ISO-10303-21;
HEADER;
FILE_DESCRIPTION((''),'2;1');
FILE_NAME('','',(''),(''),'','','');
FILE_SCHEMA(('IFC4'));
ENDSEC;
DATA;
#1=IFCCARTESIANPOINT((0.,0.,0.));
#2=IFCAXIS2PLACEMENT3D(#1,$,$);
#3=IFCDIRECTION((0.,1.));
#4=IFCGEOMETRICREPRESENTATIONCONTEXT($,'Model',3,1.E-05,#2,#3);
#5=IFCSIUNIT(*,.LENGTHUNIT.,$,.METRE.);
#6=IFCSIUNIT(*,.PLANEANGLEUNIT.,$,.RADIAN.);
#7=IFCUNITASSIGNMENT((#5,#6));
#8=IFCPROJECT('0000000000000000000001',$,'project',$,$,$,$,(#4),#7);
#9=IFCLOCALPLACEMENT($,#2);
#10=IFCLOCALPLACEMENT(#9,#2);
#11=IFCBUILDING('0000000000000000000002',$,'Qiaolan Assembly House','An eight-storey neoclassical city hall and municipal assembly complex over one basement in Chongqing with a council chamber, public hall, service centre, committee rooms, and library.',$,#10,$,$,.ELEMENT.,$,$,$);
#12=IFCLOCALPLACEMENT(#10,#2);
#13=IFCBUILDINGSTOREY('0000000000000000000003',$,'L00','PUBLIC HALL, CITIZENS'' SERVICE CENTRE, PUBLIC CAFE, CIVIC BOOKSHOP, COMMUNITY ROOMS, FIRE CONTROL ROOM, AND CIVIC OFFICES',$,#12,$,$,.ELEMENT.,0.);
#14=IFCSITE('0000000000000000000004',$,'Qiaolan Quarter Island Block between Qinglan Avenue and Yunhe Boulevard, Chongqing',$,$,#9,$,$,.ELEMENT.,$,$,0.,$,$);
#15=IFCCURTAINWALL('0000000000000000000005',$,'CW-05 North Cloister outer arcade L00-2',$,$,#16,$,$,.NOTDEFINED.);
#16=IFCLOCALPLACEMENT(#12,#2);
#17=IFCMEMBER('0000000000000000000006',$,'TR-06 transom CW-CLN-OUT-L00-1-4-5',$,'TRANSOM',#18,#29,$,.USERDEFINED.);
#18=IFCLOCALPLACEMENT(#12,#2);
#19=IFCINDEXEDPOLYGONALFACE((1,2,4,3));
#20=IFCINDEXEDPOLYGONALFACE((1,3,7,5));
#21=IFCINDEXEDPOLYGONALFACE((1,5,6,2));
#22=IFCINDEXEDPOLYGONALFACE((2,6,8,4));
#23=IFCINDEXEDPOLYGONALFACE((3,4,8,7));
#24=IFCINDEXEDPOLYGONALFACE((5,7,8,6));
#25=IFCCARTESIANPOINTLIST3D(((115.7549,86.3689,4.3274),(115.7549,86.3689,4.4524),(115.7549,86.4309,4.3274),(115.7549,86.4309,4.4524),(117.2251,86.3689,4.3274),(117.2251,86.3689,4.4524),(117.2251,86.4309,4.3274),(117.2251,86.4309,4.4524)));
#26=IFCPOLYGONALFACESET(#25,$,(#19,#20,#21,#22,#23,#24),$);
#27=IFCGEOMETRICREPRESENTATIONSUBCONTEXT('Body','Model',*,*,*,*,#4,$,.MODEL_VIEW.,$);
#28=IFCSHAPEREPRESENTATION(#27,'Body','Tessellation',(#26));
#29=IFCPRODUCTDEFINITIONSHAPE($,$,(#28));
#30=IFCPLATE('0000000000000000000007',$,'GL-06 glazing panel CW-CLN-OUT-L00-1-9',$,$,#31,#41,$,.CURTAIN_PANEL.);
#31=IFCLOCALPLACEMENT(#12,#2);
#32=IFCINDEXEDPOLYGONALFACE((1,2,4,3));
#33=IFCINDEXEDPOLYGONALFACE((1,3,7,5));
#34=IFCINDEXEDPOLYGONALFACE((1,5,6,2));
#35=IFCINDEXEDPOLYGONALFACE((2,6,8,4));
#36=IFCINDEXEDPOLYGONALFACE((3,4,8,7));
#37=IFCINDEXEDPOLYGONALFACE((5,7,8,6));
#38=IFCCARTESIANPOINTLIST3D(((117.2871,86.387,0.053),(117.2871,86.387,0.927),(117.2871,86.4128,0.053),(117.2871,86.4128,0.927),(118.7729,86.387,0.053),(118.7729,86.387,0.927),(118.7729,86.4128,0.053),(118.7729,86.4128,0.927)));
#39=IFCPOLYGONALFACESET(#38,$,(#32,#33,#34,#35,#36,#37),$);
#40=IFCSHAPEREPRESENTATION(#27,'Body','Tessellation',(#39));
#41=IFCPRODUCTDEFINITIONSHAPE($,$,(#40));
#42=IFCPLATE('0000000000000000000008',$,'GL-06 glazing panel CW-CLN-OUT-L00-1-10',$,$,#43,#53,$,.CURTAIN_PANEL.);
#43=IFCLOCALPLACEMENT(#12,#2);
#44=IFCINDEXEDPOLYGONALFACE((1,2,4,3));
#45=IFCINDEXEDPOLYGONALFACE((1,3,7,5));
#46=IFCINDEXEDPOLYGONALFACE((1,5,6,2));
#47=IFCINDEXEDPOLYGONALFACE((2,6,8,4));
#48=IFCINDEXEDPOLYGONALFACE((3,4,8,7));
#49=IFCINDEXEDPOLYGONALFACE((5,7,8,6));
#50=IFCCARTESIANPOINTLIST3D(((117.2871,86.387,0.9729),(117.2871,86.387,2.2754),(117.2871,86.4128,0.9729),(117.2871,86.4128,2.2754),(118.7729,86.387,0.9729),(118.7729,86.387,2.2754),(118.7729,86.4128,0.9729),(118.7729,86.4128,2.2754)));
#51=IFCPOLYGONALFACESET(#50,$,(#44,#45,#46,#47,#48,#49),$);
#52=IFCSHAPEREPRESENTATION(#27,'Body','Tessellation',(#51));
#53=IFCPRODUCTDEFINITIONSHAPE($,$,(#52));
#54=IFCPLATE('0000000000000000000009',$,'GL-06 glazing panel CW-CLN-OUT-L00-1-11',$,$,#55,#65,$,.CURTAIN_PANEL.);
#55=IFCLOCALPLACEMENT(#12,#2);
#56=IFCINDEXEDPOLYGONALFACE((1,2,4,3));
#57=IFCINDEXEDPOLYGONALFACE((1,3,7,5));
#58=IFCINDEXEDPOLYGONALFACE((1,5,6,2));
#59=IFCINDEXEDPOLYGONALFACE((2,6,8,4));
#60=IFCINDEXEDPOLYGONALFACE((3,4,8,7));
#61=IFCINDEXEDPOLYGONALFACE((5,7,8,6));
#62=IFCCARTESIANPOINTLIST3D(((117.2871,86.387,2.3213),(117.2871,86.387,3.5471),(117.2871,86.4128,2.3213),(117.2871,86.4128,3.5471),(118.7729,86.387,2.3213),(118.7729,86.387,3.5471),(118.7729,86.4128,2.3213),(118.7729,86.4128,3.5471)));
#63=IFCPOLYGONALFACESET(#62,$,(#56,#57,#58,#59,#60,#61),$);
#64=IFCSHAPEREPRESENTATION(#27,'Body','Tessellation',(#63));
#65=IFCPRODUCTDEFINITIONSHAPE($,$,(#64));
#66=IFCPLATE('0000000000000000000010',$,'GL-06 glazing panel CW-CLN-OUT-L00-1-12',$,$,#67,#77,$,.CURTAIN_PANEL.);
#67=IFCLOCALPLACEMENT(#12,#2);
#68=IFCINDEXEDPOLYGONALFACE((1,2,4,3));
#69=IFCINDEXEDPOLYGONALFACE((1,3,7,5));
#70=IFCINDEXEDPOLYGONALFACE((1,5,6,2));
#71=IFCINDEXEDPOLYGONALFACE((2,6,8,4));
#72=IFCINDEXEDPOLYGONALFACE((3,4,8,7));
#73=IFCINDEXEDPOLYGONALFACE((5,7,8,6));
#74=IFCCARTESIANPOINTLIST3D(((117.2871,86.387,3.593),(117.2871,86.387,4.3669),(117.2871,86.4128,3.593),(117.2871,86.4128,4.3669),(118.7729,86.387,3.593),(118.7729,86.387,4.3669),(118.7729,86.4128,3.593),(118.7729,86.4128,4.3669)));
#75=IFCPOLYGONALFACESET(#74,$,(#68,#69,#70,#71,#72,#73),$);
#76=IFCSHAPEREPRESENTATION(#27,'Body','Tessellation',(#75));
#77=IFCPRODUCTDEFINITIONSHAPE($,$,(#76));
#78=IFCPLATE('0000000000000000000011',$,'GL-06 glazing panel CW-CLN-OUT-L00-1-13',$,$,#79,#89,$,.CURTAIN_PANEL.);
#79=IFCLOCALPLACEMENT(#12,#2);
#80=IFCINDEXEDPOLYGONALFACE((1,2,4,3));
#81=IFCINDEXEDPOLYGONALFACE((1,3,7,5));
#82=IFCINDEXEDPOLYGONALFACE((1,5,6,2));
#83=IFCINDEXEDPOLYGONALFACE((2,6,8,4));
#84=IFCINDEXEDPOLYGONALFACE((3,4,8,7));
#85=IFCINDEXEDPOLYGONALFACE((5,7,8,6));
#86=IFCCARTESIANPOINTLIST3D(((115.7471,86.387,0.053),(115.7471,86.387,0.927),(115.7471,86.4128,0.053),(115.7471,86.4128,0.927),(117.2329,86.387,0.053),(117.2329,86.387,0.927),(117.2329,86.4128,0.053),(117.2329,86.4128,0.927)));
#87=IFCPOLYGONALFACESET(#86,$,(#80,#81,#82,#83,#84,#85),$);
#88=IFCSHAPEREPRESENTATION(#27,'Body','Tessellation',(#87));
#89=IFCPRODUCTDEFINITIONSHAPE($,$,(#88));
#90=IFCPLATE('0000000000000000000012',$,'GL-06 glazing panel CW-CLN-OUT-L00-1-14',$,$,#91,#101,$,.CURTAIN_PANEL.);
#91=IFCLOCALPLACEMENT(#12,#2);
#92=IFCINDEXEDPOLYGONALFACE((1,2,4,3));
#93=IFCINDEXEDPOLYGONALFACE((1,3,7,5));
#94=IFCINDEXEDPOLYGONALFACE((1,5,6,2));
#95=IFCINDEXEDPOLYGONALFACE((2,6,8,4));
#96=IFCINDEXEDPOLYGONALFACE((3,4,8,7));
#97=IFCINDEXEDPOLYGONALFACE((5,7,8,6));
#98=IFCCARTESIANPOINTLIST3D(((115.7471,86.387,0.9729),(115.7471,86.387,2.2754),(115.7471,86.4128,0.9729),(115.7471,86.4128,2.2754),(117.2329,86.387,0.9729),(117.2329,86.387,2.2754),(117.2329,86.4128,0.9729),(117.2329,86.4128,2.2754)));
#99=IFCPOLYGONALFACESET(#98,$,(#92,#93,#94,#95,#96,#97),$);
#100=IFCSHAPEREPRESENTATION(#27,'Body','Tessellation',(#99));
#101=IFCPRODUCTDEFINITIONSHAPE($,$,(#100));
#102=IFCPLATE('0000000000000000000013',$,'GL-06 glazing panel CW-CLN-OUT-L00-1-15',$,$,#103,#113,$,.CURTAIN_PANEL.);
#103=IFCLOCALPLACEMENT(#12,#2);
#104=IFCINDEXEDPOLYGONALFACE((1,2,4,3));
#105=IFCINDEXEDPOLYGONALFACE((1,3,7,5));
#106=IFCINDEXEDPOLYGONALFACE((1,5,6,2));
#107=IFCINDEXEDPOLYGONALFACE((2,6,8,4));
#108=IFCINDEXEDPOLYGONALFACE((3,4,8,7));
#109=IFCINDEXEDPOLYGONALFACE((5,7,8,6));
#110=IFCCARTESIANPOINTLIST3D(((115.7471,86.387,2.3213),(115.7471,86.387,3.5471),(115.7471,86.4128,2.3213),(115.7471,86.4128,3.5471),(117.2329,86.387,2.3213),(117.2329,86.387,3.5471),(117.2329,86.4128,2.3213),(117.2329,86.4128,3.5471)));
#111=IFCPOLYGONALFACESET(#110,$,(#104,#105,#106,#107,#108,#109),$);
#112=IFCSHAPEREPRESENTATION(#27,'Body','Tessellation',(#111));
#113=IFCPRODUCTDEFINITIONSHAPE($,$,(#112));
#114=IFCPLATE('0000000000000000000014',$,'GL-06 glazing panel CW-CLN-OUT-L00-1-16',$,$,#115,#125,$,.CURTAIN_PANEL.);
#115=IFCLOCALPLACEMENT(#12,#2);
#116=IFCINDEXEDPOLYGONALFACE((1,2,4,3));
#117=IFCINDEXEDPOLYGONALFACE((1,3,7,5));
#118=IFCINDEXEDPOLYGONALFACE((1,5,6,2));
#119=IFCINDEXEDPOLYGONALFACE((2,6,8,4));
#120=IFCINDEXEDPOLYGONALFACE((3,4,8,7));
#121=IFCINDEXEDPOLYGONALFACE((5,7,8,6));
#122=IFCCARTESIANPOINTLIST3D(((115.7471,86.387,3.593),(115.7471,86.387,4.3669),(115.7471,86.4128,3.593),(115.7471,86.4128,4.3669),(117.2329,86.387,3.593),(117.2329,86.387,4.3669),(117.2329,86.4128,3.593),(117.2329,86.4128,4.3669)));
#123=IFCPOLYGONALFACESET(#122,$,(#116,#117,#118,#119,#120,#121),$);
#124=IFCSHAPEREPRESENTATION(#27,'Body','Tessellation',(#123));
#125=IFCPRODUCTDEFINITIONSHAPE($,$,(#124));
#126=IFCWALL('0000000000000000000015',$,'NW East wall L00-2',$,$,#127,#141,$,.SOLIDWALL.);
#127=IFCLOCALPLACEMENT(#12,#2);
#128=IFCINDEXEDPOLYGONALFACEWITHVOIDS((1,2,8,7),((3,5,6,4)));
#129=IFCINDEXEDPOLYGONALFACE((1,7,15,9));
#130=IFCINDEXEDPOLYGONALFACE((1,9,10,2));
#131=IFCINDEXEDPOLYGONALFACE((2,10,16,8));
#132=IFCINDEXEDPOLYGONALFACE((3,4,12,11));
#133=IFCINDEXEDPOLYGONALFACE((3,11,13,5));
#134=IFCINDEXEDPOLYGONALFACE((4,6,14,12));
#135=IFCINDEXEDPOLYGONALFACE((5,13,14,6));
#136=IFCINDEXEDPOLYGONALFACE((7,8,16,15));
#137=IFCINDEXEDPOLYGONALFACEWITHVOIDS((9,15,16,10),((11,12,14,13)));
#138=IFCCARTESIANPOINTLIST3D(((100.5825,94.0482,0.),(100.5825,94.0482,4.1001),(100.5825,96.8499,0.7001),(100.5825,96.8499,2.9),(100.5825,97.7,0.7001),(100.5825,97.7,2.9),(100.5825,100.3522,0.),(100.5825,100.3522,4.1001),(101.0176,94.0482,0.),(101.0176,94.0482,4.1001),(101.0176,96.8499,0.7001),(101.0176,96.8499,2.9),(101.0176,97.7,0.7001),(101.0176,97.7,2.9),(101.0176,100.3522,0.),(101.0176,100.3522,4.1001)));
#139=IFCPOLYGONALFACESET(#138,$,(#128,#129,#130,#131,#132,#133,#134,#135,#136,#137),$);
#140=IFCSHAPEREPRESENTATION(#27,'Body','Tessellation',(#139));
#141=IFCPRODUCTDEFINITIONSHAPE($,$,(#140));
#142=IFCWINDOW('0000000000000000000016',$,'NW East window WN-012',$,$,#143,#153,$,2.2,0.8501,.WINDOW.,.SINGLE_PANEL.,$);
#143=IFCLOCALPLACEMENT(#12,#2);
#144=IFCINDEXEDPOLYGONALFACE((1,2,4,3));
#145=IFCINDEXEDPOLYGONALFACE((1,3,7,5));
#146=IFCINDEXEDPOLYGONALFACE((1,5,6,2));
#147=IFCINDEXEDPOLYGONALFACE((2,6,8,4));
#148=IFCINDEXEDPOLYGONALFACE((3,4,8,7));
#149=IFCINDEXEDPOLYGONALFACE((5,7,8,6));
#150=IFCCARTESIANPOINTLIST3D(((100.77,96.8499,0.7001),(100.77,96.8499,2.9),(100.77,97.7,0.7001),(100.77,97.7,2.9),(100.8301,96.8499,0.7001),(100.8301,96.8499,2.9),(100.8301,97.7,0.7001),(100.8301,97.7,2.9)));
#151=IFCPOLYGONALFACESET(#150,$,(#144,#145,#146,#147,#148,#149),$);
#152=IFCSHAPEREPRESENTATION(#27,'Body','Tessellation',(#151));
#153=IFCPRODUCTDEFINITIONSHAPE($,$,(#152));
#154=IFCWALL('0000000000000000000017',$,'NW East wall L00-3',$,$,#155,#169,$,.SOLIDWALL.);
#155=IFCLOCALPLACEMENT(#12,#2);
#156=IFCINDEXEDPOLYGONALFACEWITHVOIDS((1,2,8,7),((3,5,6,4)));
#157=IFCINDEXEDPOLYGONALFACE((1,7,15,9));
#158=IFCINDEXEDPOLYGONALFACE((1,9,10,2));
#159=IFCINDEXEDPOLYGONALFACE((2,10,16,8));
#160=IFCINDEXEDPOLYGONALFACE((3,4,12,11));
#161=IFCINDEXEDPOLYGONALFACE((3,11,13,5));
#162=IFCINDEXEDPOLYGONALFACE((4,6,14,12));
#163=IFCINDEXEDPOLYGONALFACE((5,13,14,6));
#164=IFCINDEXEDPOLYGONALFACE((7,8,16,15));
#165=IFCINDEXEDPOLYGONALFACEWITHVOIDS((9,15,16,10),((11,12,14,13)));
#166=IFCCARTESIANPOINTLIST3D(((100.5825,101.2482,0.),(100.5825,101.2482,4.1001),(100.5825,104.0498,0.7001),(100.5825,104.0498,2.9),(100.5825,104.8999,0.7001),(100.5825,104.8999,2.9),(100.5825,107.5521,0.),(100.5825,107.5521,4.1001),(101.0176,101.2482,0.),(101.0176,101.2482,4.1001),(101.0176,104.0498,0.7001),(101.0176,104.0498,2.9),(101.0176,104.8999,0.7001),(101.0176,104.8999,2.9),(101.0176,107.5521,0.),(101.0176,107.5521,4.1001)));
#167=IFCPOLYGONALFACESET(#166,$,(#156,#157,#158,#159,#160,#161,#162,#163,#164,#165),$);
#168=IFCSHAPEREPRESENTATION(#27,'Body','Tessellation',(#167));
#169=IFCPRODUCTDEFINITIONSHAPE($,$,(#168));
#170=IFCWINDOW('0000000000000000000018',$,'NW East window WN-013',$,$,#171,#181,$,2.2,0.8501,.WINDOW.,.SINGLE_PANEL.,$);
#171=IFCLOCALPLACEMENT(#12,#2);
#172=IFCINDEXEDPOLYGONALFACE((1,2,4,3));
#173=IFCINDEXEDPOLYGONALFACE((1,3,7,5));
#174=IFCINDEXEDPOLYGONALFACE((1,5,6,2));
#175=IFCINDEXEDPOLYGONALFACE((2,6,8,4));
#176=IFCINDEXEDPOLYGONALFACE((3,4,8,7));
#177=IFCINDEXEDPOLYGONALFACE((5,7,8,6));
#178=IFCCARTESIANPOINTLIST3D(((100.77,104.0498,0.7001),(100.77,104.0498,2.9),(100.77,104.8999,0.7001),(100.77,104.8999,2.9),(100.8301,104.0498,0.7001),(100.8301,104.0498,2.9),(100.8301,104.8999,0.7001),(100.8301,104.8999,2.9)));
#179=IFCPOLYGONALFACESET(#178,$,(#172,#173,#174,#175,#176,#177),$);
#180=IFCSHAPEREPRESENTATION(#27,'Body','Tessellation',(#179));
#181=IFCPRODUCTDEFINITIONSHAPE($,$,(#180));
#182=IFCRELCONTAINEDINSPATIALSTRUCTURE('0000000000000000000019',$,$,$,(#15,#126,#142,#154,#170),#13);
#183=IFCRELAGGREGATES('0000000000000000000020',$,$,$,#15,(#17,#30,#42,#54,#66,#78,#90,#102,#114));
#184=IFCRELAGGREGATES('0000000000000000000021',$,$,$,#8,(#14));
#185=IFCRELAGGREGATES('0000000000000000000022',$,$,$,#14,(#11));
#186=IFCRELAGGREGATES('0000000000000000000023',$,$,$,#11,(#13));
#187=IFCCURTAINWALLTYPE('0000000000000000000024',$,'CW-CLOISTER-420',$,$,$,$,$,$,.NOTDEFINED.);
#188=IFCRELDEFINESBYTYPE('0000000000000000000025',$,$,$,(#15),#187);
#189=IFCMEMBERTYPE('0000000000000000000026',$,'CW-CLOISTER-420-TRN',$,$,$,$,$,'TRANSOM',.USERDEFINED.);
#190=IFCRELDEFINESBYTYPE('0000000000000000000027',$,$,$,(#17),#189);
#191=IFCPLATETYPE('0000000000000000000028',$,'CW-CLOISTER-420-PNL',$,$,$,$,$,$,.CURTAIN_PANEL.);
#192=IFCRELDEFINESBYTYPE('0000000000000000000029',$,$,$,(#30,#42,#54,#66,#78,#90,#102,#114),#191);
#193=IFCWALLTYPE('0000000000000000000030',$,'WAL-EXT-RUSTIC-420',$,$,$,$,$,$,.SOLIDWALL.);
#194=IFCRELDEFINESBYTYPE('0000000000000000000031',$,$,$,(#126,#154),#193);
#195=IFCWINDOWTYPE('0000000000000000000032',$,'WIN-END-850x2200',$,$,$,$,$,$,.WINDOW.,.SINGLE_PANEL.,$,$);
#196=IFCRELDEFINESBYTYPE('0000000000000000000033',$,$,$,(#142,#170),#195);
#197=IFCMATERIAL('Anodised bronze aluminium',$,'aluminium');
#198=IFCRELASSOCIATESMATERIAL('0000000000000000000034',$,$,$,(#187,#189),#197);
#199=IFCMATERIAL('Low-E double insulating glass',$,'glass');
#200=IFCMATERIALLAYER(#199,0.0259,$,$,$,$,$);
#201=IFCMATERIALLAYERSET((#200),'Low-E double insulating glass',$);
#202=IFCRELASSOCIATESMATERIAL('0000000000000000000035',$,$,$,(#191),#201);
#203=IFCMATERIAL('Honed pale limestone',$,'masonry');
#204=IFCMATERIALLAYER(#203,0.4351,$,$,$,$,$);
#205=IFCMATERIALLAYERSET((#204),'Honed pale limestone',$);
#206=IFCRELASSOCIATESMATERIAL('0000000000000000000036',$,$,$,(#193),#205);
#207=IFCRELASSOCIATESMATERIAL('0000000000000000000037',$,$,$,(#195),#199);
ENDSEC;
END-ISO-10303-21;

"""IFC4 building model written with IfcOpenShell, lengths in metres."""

from ifc_helpers import new_model, si_unit, direction, frame, frame_2d, origin, origin_2d, place, context, subcontext, project, spatial, rectangle, extrude, material, layer, layer_set, material_profile, profile_set, type_object, element, fill, aggregate, save


model = new_model("IFC4")

# Units and contexts
model_context = context("Model", 3, precision=1e-05, world=origin(), true_north=direction((0.0, 1.0)))
body_context = subcontext(model_context, "Body", "Model", "MODEL_VIEW")
ifc_project = project(units=[si_unit("LENGTHUNIT", "METRE"), si_unit("PLANEANGLEUNIT", "RADIAN")], contexts=[model_context])

# Site, building, storey
site_placement = place(None, origin())
site = spatial("IfcSite", under=ifc_project, at=site_placement, Name="Qiaolan Quarter Island Block between Qinglan Avenue and Yunhe Boulevard, Chongqing", CompositionType="ELEMENT", RefElevation=0.0)
building_placement = place(site_placement, origin())
building = spatial("IfcBuilding", under=site, at=building_placement, Name="Qiaolan Assembly House", Description="An eight-storey neoclassical city hall and municipal assembly complex over one basement in Chongqing with a council chamber, public hall, service centre, committee rooms, and library.", CompositionType="ELEMENT")
storey_placement = place(building_placement, origin())
storey = spatial("IfcBuildingStorey", under=building, at=storey_placement, Name="L00", Description="PUBLIC HALL, CITIZENS' SERVICE CENTRE, PUBLIC CAFE, CIVIC BOOKSHOP, COMMUNITY ROOMS, FIRE CONTROL ROOM, AND CIVIC OFFICES", CompositionType="ELEMENT", Elevation=0.0)

# Curtain wall, member, plates
ifc_material_1 = material(Name="Anodised bronze aluminium", Category="aluminium")
curtain_wall_type = type_object("IfcCurtainWallType", Name="CW-CLOISTER-420", PredefinedType="NOTDEFINED", material=ifc_material_1)
curtain_wall_placement = place(storey_placement, origin())
curtain_wall = element("IfcCurtainWall", 1, at=curtain_wall_placement, inside=storey, type_object=curtain_wall_type, Name="CW-05 North Cloister outer arcade L00-2", PredefinedType="NOTDEFINED")
ifc_material_profile_1 = material_profile(ifc_material_1, rectangle(XDim=0.062, YDim=0.125, at=origin_2d()), Name="TRN 62x125")
ifc_profile_set_1 = profile_set([ifc_material_profile_1], Name="Anodised bronze aluminium")
member_type_1 = type_object("IfcMemberType", Name="CW-CLOISTER-420-TRN", ElementType="TRANSOM", PredefinedType="USERDEFINED", material=ifc_profile_set_1)
member_1_placement = place(storey_placement, frame((117.2251, 86.3999, 4.3899), z_axis=(-1.0, 0.0, 0.0), x_axis=(0.0, -1.0, 0.0)))
member_1 = element("IfcMember", 2, at=member_1_placement, type_object=member_type_1, Name="TR-06 transom CW-CLN-OUT-L00-1-4-5", ObjectType="TRANSOM", PredefinedType="USERDEFINED", context=body_context, shape_type="SweptSolid", body=[
    extrude(rectangle(XDim=0.062, YDim=0.125, at=origin_2d()), origin(), (0.0, 0.0, 1.0), 1.4702),
])
ifc_material_2 = material(Name="Low-E double insulating glass", Category="glass")
ifc_layer_1 = layer(ifc_material_2, 0.0259)
ifc_layer_set_1 = layer_set([ifc_layer_1], Name="Low-E double insulating glass")
plate_type = type_object("IfcPlateType", Name="CW-CLOISTER-420-PNL", PredefinedType="CURTAIN_PANEL", material=ifc_layer_set_1)
plate_1_placement = place(storey_placement, frame((118.7729, 86.3999, 0.053), z_axis=(0.0, 0.0, 1.0), x_axis=(-1.0, 0.0, 0.0)))
plate_1 = element("IfcPlate", 3, at=plate_1_placement, type_object=plate_type, Name="GL-06 glazing panel CW-CLN-OUT-L00-1-9", PredefinedType="CURTAIN_PANEL", context=body_context, shape_type="SweptSolid", body=[
    extrude(rectangle(XDim=1.4858, YDim=0.0259, at=frame_2d((0.7429, 0.0))), origin(), (0.0, 0.0, 1.0), 0.874),
])
plate_2_placement = place(storey_placement, frame((118.7729, 86.3999, 0.9729), z_axis=(0.0, 0.0, 1.0), x_axis=(-1.0, 0.0, 0.0)))
plate_2 = element("IfcPlate", 4, at=plate_2_placement, type_object=plate_type, Name="GL-06 glazing panel CW-CLN-OUT-L00-1-10", PredefinedType="CURTAIN_PANEL", context=body_context, shape_type="SweptSolid", body=[
    extrude(rectangle(XDim=1.4858, YDim=0.0259, at=frame_2d((0.7429, 0.0))), origin(), (0.0, 0.0, 1.0), 1.3025),
])
plate_3_placement = place(storey_placement, frame((118.7729, 86.3999, 2.3213), z_axis=(0.0, 0.0, 1.0), x_axis=(-1.0, 0.0, 0.0)))
plate_3 = element("IfcPlate", 5, at=plate_3_placement, type_object=plate_type, Name="GL-06 glazing panel CW-CLN-OUT-L00-1-11", PredefinedType="CURTAIN_PANEL", context=body_context, shape_type="SweptSolid", body=[
    extrude(rectangle(XDim=1.4858, YDim=0.0259, at=frame_2d((0.7429, 0.0))), origin(), (0.0, 0.0, 1.0), 1.2258),
])
plate_4_placement = place(storey_placement, frame((118.7729, 86.3999, 3.593), z_axis=(0.0, 0.0, 1.0), x_axis=(-1.0, 0.0, 0.0)))
plate_4 = element("IfcPlate", 6, at=plate_4_placement, type_object=plate_type, Name="GL-06 glazing panel CW-CLN-OUT-L00-1-12", PredefinedType="CURTAIN_PANEL", context=body_context, shape_type="SweptSolid", body=[
    extrude(rectangle(XDim=1.4858, YDim=0.0259, at=frame_2d((0.7429, 0.0))), origin(), (0.0, 0.0, 1.0), 0.7739),
])
plate_5_placement = place(storey_placement, frame((117.2329, 86.3999, 0.053), z_axis=(0.0, 0.0, 1.0), x_axis=(-1.0, 0.0, 0.0)))
plate_5 = element("IfcPlate", 7, at=plate_5_placement, type_object=plate_type, Name="GL-06 glazing panel CW-CLN-OUT-L00-1-13", PredefinedType="CURTAIN_PANEL", context=body_context, shape_type="SweptSolid", body=[
    extrude(rectangle(XDim=1.4858, YDim=0.0259, at=frame_2d((0.7429, 0.0))), origin(), (0.0, 0.0, 1.0), 0.874),
])
plate_6_placement = place(storey_placement, frame((117.2329, 86.3999, 0.9729), z_axis=(0.0, 0.0, 1.0), x_axis=(-1.0, 0.0, 0.0)))
plate_6 = element("IfcPlate", 8, at=plate_6_placement, type_object=plate_type, Name="GL-06 glazing panel CW-CLN-OUT-L00-1-14", PredefinedType="CURTAIN_PANEL", context=body_context, shape_type="SweptSolid", body=[
    extrude(rectangle(XDim=1.4858, YDim=0.0259, at=frame_2d((0.7429, 0.0))), origin(), (0.0, 0.0, 1.0), 1.3025),
])
plate_7_placement = place(storey_placement, frame((117.2329, 86.3999, 2.3213), z_axis=(0.0, 0.0, 1.0), x_axis=(-1.0, 0.0, 0.0)))
plate_7 = element("IfcPlate", 9, at=plate_7_placement, type_object=plate_type, Name="GL-06 glazing panel CW-CLN-OUT-L00-1-15", PredefinedType="CURTAIN_PANEL", context=body_context, shape_type="SweptSolid", body=[
    extrude(rectangle(XDim=1.4858, YDim=0.0259, at=frame_2d((0.7429, 0.0))), origin(), (0.0, 0.0, 1.0), 1.2258),
])
plate_8_placement = place(storey_placement, frame((117.2329, 86.3999, 3.593), z_axis=(0.0, 0.0, 1.0), x_axis=(-1.0, 0.0, 0.0)))
plate_8 = element("IfcPlate", 10, at=plate_8_placement, type_object=plate_type, Name="GL-06 glazing panel CW-CLN-OUT-L00-1-16", PredefinedType="CURTAIN_PANEL", context=body_context, shape_type="SweptSolid", body=[
    extrude(rectangle(XDim=1.4858, YDim=0.0259, at=frame_2d((0.7429, 0.0))), origin(), (0.0, 0.0, 1.0), 0.7739),
])
aggregate(curtain_wall, [member_1, plate_1, plate_2, plate_3, plate_4, plate_5, plate_6, plate_7, plate_8])

# Walls, openings, windows
ifc_material_3 = material(Name="Honed pale limestone", Category="masonry")
ifc_layer_2 = layer(ifc_material_3, 0.4351)
ifc_layer_set_2 = layer_set([ifc_layer_2], Name="Honed pale limestone")
wall_type = type_object("IfcWallType", Name="WAL-EXT-RUSTIC-420", PredefinedType="SOLIDWALL", material=ifc_layer_set_2)
wall_1_placement = place(storey_placement, frame((100.8, 100.3521, 0.0), z_axis=(0.0, 0.0, 1.0), x_axis=(0.0, -1.0, 0.0)))
wall_1 = element("IfcWall", 11, at=wall_1_placement, inside=storey, type_object=wall_type, Name="NW East wall L00-2", PredefinedType="SOLIDWALL", context=body_context, shape_type="SweptSolid", body=[
    extrude(rectangle(XDim=6.304, YDim=0.4351, at=frame_2d((3.1519, 0.0))), origin(), (0.0, 0.0, 1.0), 4.1001),
])
opening_1_placement = place(wall_1_placement, frame((2.6521, 0.0, 0.7)))
opening_1 = element("IfcOpeningElement", 12, at=opening_1_placement, cuts=wall_1, PredefinedType="OPENING", context=body_context, shape_type="SweptSolid", body=[
    extrude(rectangle(XDim=0.8501, YDim=2.2, at=frame_2d((0.425, 1.1001))), frame((0.0, 0.2275, 0.0), z_axis=(0.0, -1.0, 0.0), x_axis=(1.0, 0.0, 0.0)), (0.0, 0.0, 1.0), 0.4551),
])
window_type = type_object("IfcWindowType", Name="WIN-END-850x2200", PartitioningType="SINGLE_PANEL", PredefinedType="WINDOW", material=ifc_material_2)
window_1_placement = place(opening_1_placement, origin())
window_1 = element("IfcWindow", 13, at=window_1_placement, inside=storey, type_object=window_type, Name="NW East window WN-012", OverallHeight=2.2, OverallWidth=0.8501, PartitioningType="SINGLE_PANEL", PredefinedType="WINDOW", context=body_context, shape_type="SweptSolid", body=[
    extrude(rectangle(XDim=0.8501, YDim=2.2, at=frame_2d((0.425, 1.1001))), frame((0.0, 0.03, 0.0), z_axis=(0.0, -1.0, 0.0), x_axis=(1.0, 0.0, 0.0)), (0.0, 0.0, 1.0), 0.0601),
])
fill(opening_1, window_1)
wall_2_placement = place(storey_placement, frame((100.8, 107.552, 0.0), z_axis=(0.0, 0.0, 1.0), x_axis=(0.0, -1.0, 0.0)))
wall_2 = element("IfcWall", 14, at=wall_2_placement, inside=storey, type_object=wall_type, Name="NW East wall L00-3", PredefinedType="SOLIDWALL", context=body_context, shape_type="SweptSolid", body=[
    extrude(rectangle(XDim=6.304, YDim=0.4351, at=frame_2d((3.1519, 0.0))), origin(), (0.0, 0.0, 1.0), 4.1001),
])
opening_2_placement = place(wall_2_placement, frame((2.6521, 0.0, 0.7)))
opening_2 = element("IfcOpeningElement", 15, at=opening_2_placement, cuts=wall_2, PredefinedType="OPENING", context=body_context, shape_type="SweptSolid", body=[
    extrude(rectangle(XDim=0.8501, YDim=2.2, at=frame_2d((0.425, 1.1001))), frame((0.0, 0.2275, 0.0), z_axis=(0.0, -1.0, 0.0), x_axis=(1.0, 0.0, 0.0)), (0.0, 0.0, 1.0), 0.4551),
])
window_2_placement = place(opening_2_placement, origin())
window_2 = element("IfcWindow", 16, at=window_2_placement, inside=storey, type_object=window_type, Name="NW East window WN-013", OverallHeight=2.2, OverallWidth=0.8501, PartitioningType="SINGLE_PANEL", PredefinedType="WINDOW", context=body_context, shape_type="SweptSolid", body=[
    extrude(rectangle(XDim=0.8501, YDim=2.2, at=frame_2d((0.425, 1.1001))), frame((0.0, 0.03, 0.0), z_axis=(0.0, -1.0, 0.0), x_axis=(1.0, 0.0, 0.0)), (0.0, 0.0, 1.0), 0.0601),
])
fill(opening_2, window_2)

save(model, "model.ifc")
